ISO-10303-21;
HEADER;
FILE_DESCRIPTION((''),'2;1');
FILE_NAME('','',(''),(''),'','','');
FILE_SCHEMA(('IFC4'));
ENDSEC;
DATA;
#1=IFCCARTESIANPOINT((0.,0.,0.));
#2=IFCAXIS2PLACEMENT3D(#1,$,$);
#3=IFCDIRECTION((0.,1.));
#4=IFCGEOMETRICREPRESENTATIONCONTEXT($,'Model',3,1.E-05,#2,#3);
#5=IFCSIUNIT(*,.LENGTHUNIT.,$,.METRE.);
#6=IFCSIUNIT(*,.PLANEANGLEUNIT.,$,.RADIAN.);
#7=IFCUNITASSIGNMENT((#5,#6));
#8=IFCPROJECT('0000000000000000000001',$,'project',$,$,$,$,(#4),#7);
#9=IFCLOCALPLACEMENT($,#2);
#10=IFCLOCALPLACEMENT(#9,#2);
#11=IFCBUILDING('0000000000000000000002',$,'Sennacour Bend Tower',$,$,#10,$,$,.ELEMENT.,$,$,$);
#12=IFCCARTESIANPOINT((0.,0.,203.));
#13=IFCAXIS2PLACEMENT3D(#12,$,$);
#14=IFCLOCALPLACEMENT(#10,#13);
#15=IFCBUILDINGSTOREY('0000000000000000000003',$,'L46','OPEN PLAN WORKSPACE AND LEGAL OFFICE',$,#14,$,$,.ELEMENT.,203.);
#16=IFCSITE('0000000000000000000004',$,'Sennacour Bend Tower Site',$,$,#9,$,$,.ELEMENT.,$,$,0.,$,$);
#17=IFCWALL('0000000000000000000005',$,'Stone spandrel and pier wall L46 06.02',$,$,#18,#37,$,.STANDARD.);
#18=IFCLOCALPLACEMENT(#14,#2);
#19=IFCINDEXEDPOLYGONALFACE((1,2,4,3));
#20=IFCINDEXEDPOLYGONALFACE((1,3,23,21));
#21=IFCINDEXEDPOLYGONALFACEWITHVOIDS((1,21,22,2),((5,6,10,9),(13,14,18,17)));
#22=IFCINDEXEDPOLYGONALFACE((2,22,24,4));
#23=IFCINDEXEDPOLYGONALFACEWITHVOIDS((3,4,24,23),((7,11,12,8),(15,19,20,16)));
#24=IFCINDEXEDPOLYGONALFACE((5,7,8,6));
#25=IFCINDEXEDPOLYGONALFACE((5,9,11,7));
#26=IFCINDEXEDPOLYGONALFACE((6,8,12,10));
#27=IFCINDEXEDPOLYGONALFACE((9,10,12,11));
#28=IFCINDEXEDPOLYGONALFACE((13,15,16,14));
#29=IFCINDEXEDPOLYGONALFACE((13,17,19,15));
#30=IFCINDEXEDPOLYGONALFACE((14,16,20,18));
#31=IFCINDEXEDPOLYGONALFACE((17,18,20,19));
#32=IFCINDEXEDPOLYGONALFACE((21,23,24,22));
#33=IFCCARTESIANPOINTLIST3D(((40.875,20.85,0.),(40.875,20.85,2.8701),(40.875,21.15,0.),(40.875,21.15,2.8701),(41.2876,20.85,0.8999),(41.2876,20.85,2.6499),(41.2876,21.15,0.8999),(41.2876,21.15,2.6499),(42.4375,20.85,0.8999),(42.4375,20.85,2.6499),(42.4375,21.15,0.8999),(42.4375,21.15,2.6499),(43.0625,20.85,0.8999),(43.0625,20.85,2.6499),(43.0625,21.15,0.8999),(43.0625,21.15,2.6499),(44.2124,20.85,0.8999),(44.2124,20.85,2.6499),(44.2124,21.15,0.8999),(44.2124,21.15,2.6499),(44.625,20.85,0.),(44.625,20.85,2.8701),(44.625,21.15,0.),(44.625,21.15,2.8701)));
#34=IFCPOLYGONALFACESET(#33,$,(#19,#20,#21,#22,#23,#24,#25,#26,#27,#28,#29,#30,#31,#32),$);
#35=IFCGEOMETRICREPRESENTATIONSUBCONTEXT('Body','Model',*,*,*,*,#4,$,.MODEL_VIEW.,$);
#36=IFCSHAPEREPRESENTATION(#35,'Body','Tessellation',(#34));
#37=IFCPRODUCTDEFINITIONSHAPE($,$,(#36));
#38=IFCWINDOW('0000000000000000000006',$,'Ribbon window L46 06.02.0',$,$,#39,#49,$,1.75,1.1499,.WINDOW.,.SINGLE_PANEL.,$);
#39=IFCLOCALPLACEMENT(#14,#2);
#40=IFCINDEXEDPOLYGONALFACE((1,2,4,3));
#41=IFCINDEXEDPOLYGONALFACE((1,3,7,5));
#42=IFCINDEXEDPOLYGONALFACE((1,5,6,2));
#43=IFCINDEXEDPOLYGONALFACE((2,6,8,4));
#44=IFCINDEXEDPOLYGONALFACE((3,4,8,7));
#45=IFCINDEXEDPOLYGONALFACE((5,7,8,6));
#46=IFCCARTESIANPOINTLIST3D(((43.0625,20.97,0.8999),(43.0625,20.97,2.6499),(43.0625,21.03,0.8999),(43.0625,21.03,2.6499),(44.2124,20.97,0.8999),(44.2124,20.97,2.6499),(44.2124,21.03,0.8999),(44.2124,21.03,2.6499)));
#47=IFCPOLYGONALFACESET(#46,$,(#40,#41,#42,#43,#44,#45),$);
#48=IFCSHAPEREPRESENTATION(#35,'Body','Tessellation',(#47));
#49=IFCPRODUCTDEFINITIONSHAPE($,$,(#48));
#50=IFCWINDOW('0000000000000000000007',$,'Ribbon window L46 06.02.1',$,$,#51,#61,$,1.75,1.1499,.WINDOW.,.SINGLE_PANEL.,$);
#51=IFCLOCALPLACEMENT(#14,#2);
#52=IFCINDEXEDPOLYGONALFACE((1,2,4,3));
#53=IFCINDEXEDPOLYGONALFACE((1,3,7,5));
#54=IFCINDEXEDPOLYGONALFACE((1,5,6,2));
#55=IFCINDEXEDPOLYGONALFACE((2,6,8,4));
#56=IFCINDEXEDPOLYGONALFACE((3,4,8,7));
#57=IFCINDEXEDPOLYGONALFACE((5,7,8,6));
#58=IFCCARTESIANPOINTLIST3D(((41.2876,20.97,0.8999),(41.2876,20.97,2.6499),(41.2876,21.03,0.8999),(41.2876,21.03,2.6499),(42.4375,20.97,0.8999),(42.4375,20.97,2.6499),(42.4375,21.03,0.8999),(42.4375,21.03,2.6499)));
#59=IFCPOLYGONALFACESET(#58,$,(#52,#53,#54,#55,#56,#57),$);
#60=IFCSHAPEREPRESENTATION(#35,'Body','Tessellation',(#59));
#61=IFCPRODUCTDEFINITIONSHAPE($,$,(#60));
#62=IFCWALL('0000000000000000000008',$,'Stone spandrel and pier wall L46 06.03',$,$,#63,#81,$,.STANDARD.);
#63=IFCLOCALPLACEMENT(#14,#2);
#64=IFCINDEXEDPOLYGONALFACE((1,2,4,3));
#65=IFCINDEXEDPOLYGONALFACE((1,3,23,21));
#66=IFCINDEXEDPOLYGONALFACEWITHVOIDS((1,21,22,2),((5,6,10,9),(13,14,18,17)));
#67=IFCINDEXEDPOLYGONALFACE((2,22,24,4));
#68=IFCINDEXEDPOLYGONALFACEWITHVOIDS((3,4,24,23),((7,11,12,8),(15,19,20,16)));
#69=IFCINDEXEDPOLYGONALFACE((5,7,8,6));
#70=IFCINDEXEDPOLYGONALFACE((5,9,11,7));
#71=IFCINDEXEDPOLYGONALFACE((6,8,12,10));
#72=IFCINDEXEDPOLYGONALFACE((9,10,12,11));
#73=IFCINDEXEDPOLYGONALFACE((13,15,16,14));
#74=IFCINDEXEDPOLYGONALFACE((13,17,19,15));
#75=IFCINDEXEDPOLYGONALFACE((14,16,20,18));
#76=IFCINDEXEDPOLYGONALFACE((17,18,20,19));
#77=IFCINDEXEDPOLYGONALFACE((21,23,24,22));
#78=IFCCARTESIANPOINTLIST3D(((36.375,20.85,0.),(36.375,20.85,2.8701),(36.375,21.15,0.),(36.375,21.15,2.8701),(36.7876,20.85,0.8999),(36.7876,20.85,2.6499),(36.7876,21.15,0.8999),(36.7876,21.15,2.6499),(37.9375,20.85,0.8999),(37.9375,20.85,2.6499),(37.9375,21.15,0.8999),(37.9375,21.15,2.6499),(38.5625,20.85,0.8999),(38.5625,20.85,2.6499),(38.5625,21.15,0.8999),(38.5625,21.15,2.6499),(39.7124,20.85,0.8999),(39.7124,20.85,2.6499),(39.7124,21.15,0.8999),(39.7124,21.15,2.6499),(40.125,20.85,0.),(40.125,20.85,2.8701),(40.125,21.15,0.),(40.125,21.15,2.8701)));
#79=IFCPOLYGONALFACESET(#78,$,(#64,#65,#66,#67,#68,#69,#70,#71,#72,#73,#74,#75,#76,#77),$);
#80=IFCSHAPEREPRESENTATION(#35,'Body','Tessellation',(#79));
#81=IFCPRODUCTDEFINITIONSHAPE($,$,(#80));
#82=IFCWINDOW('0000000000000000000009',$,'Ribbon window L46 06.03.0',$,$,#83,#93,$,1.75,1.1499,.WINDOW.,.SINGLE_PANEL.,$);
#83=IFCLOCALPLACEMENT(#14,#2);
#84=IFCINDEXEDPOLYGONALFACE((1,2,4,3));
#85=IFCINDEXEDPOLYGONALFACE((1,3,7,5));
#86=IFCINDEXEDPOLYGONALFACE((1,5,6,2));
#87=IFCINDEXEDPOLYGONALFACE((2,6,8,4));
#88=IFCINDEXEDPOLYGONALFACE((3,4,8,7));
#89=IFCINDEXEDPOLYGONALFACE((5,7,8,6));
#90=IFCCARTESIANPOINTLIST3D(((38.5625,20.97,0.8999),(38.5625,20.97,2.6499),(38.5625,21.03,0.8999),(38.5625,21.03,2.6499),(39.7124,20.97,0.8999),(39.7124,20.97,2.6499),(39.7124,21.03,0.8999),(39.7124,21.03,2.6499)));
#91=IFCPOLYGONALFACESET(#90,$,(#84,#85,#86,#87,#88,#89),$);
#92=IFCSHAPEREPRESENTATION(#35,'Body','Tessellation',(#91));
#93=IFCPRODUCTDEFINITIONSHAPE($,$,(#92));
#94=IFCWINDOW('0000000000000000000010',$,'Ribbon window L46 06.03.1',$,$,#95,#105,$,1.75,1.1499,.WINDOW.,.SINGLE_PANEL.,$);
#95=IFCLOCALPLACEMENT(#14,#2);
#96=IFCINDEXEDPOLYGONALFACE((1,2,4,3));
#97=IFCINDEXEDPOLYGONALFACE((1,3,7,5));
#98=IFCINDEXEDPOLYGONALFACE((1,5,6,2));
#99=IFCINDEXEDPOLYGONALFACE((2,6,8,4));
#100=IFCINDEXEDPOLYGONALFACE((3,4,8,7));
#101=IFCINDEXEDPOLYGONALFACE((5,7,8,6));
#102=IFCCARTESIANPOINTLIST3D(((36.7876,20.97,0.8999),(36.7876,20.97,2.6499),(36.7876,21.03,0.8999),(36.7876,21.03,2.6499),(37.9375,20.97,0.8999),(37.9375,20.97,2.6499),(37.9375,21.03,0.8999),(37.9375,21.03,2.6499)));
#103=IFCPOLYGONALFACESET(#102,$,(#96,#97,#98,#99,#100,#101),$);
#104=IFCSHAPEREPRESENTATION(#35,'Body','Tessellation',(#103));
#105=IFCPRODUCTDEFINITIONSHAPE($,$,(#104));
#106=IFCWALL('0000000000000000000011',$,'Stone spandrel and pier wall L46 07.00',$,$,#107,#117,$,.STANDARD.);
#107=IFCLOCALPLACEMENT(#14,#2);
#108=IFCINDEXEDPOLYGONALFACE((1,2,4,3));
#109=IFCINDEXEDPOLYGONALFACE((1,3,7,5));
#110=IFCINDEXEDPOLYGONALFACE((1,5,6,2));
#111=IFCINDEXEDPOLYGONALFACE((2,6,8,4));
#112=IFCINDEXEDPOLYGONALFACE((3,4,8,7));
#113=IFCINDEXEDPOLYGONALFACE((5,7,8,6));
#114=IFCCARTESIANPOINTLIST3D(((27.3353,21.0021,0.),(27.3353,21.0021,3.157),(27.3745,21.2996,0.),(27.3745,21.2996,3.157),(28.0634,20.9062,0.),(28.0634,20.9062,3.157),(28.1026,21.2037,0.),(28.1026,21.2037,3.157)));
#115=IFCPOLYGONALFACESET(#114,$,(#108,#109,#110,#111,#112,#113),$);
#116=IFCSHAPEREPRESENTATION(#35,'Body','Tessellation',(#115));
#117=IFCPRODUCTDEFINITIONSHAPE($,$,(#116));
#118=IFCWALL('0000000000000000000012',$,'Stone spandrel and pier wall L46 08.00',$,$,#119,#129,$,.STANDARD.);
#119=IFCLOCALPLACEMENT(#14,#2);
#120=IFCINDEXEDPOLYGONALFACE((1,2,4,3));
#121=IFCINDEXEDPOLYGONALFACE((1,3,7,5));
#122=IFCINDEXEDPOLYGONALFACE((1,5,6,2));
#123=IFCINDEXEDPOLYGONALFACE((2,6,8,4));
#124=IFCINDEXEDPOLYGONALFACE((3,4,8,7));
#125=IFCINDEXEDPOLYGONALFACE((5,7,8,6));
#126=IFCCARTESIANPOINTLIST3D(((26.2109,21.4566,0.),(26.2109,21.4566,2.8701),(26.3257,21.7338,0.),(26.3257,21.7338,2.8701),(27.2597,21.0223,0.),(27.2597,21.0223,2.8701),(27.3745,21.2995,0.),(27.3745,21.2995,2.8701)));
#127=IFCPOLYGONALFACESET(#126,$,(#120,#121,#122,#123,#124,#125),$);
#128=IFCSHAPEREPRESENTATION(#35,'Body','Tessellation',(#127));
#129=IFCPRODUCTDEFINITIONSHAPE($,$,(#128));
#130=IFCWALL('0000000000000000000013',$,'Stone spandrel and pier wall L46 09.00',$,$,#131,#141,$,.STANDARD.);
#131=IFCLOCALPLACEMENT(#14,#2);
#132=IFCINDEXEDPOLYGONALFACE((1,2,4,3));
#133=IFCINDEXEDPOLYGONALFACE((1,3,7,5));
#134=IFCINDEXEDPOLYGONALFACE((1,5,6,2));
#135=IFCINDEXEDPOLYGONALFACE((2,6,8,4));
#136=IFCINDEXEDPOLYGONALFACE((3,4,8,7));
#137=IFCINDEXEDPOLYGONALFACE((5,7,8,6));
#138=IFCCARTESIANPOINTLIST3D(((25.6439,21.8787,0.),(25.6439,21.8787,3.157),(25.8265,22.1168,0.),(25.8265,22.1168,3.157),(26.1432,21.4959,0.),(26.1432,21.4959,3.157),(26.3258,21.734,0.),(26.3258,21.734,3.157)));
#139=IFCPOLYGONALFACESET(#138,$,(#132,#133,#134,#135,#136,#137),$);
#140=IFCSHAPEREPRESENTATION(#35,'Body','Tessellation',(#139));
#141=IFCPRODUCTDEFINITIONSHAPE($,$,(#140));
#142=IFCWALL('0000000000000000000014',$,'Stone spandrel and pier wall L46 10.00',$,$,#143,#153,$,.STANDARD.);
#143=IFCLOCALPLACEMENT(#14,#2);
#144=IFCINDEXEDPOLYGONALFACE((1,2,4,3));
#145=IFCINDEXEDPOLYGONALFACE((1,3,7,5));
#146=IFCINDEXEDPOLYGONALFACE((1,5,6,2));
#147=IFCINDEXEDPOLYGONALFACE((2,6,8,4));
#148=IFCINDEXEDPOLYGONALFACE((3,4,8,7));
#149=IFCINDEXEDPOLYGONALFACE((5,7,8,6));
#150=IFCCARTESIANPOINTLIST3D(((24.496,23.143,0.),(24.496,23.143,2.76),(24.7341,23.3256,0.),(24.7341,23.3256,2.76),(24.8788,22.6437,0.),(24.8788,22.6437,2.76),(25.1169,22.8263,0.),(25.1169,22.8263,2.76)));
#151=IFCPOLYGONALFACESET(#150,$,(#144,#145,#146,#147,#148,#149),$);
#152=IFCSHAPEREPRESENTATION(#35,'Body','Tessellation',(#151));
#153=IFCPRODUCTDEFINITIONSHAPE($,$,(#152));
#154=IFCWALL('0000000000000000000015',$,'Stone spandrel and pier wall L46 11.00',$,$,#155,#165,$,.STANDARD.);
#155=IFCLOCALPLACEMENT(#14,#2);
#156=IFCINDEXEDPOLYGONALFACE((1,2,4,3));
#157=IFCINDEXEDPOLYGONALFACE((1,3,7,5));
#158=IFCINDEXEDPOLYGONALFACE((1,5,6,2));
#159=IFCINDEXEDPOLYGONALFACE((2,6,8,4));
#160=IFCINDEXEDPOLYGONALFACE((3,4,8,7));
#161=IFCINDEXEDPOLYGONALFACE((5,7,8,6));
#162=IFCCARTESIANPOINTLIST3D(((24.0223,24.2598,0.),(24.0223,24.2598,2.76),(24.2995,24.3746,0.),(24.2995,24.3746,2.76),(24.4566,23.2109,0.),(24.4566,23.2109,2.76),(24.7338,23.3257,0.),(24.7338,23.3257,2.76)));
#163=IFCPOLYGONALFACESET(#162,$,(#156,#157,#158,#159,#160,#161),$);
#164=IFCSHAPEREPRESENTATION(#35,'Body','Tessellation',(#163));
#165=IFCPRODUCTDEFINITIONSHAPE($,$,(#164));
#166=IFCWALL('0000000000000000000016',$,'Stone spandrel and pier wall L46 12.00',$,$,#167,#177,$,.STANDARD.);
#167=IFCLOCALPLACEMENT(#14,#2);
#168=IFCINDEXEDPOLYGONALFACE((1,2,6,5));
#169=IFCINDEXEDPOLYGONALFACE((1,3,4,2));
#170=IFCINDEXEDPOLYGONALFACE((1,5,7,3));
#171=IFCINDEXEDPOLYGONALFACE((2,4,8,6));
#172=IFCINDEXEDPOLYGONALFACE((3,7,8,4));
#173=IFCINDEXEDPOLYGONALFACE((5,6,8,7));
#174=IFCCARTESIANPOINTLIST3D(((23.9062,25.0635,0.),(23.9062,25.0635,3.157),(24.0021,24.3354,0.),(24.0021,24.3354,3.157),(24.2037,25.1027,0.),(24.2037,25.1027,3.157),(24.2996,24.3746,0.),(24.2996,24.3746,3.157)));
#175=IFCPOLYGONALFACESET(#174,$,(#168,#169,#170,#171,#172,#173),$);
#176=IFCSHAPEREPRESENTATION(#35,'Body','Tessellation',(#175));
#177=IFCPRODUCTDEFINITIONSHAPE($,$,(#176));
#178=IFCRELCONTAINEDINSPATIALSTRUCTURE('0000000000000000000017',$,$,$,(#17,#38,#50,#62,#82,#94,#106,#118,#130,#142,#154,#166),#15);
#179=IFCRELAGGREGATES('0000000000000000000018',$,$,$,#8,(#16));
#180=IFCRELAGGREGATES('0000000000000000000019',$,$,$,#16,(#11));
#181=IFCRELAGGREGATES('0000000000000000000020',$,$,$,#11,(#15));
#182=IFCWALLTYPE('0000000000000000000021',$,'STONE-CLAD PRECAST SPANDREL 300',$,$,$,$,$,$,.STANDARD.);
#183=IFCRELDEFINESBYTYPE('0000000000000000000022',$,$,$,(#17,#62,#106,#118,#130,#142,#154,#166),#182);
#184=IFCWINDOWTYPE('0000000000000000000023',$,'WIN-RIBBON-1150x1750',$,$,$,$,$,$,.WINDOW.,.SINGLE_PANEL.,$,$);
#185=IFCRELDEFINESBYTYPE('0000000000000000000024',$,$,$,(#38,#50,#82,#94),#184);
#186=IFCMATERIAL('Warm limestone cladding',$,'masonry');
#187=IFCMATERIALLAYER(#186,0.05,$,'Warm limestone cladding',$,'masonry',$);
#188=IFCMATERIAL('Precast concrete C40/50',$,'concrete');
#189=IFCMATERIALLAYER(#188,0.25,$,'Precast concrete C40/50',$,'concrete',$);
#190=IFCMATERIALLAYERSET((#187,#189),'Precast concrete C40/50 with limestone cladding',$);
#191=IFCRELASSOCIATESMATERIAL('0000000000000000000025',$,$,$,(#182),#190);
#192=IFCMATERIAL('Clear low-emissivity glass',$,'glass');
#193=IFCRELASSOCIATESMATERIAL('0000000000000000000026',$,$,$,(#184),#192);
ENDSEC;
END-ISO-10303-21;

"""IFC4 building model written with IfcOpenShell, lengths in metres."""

from ifc_helpers import new_model, si_unit, direction, frame, frame_2d, origin, place, context, subcontext, project, spatial, rectangle, extrude, material, layer, layer_set, type_object, element, fill, save


model = new_model("IFC4")

# Units and contexts
model_context = context("Model", 3, precision=1e-05, world=origin(), true_north=direction((0.0, 1.0)))
body_context = subcontext(model_context, "Body", "Model", "MODEL_VIEW")
ifc_project = project(units=[si_unit("LENGTHUNIT", "METRE"), si_unit("PLANEANGLEUNIT", "RADIAN")], contexts=[model_context])

# Site, building, storey
site_placement = place(None, origin())
site = spatial("IfcSite", under=ifc_project, at=site_placement, Name="Sennacour Bend Tower Site", CompositionType="ELEMENT", RefElevation=0.0)
building_placement = place(site_placement, origin())
building = spatial("IfcBuilding", under=site, at=building_placement, Name="Sennacour Bend Tower", CompositionType="ELEMENT")
storey_placement = place(building_placement, frame((0.0, 0.0, 203.0)))
storey = spatial("IfcBuildingStorey", under=building, at=storey_placement, Name="L46", Description="OPEN PLAN WORKSPACE AND LEGAL OFFICE", CompositionType="ELEMENT", Elevation=203.0)

# Walls, openings, windows
ifc_material_1 = material(Name="Warm limestone cladding", Category="masonry")
ifc_layer_1 = layer(ifc_material_1, 0.05, Name="Warm limestone cladding", Category="masonry")
ifc_material_2 = material(Name="Precast concrete C40/50", Category="concrete")
ifc_layer_2 = layer(ifc_material_2, 0.25, Name="Precast concrete C40/50", Category="concrete")
ifc_layer_set = layer_set([ifc_layer_1, ifc_layer_2], Name="Precast concrete C40/50 with limestone cladding")
wall_type = type_object("IfcWallType", Name="STONE-CLAD PRECAST SPANDREL 300", PredefinedType="STANDARD", material=ifc_layer_set)
wall_1_placement = place(storey_placement, frame((44.625, 21.0, 0.0), z_axis=(0.0, 0.0, 1.0), x_axis=(-1.0, 0.0, 0.0)))
wall_1 = element("IfcWall", 1, at=wall_1_placement, inside=storey, type_object=wall_type, Name="Stone spandrel and pier wall L46 06.02", PredefinedType="STANDARD", context=body_context, shape_type="SweptSolid", body=[
    extrude(rectangle(XDim=3.75, YDim=0.3, at=frame_2d((1.875, 0.0))), origin(), (0.0, 0.0, 1.0), 2.8701),
])
opening_1_placement = place(wall_1_placement, frame((0.4126, 0.0, 0.8999)))
opening_1 = element("IfcOpeningElement", 2, at=opening_1_placement, cuts=wall_1, PredefinedType="OPENING", context=body_context, shape_type="SweptSolid", body=[
    extrude(rectangle(XDim=1.1499, YDim=1.75, at=frame_2d((0.575, 0.875))), frame((0.0, 0.1602, 0.0), z_axis=(0.0, -1.0, 0.0), x_axis=(1.0, 0.0, 0.0)), (0.0, 0.0, 1.0), 0.3201),
])
opening_2_placement = place(wall_1_placement, frame((2.1875, 0.0, 0.8999)))
opening_2 = element("IfcOpeningElement", 3, at=opening_2_placement, cuts=wall_1, PredefinedType="OPENING", context=body_context, shape_type="SweptSolid", body=[
    extrude(rectangle(XDim=1.1499, YDim=1.75, at=frame_2d((0.575, 0.875))), frame((0.0, 0.1602, 0.0), z_axis=(0.0, -1.0, 0.0), x_axis=(1.0, 0.0, 0.0)), (0.0, 0.0, 1.0), 0.3201),
])
ifc_material_3 = material(Name="Clear low-emissivity glass", Category="glass")
window_type_1 = type_object("IfcWindowType", Name="WIN-RIBBON-1150x1750", PartitioningType="SINGLE_PANEL", PredefinedType="WINDOW", material=ifc_material_3)
window_1_placement = place(opening_1_placement, origin())
window_1 = element("IfcWindow", 4, at=window_1_placement, inside=storey, type_object=window_type_1, Name="Ribbon window L46 06.02.0", OverallHeight=1.75, OverallWidth=1.1499, PartitioningType="SINGLE_PANEL", PredefinedType="WINDOW", context=body_context, shape_type="SweptSolid", body=[
    extrude(rectangle(XDim=1.1499, YDim=1.75, at=frame_2d((0.575, 0.875))), frame((0.0, 0.03, 0.0), z_axis=(0.0, -1.0, 0.0), x_axis=(1.0, 0.0, 0.0)), (0.0, 0.0, 1.0), 0.0601),
])
fill(opening_1, window_1)
window_2_placement = place(opening_2_placement, origin())
window_2 = element("IfcWindow", 5, at=window_2_placement, inside=storey, type_object=window_type_1, Name="Ribbon window L46 06.02.1", OverallHeight=1.75, OverallWidth=1.1499, PartitioningType="SINGLE_PANEL", PredefinedType="WINDOW", context=body_context, shape_type="SweptSolid", body=[
    extrude(rectangle(XDim=1.1499, YDim=1.75, at=frame_2d((0.575, 0.875))), frame((0.0, 0.03, 0.0), z_axis=(0.0, -1.0, 0.0), x_axis=(1.0, 0.0, 0.0)), (0.0, 0.0, 1.0), 0.0601),
])
fill(opening_2, window_2)
wall_2_placement = place(storey_placement, frame((40.125, 21.0, 0.0), z_axis=(0.0, 0.0, 1.0), x_axis=(-1.0, 0.0, 0.0)))
wall_2 = element("IfcWall", 6, at=wall_2_placement, inside=storey, type_object=wall_type, Name="Stone spandrel and pier wall L46 06.03", PredefinedType="STANDARD", context=body_context, shape_type="SweptSolid", body=[
    extrude(rectangle(XDim=3.75, YDim=0.3, at=frame_2d((1.875, 0.0))), origin(), (0.0, 0.0, 1.0), 2.8701),
])
opening_3_placement = place(wall_2_placement, frame((0.4126, 0.0, 0.8999)))
opening_3 = element("IfcOpeningElement", 7, at=opening_3_placement, cuts=wall_2, PredefinedType="OPENING", context=body_context, shape_type="SweptSolid", body=[
    extrude(rectangle(XDim=1.1499, YDim=1.75, at=frame_2d((0.575, 0.875))), frame((0.0, 0.1602, 0.0), z_axis=(0.0, -1.0, 0.0), x_axis=(1.0, 0.0, 0.0)), (0.0, 0.0, 1.0), 0.3201),
])
opening_4_placement = place(wall_2_placement, frame((2.1875, 0.0, 0.8999)))
opening_4 = element("IfcOpeningElement", 8, at=opening_4_placement, cuts=wall_2, PredefinedType="OPENING", context=body_context, shape_type="SweptSolid", body=[
    extrude(rectangle(XDim=1.1499, YDim=1.75, at=frame_2d((0.575, 0.875))), frame((0.0, 0.1602, 0.0), z_axis=(0.0, -1.0, 0.0), x_axis=(1.0, 0.0, 0.0)), (0.0, 0.0, 1.0), 0.3201),
])
window_3_placement = place(opening_3_placement, origin())
window_3 = element("IfcWindow", 9, at=window_3_placement, inside=storey, type_object=window_type_1, Name="Ribbon window L46 06.03.0", OverallHeight=1.75, OverallWidth=1.1499, PartitioningType="SINGLE_PANEL", PredefinedType="WINDOW", context=body_context, shape_type="SweptSolid", body=[
    extrude(rectangle(XDim=1.1499, YDim=1.75, at=frame_2d((0.575, 0.875))), frame((0.0, 0.03, 0.0), z_axis=(0.0, -1.0, 0.0), x_axis=(1.0, 0.0, 0.0)), (0.0, 0.0, 1.0), 0.0601),
])
fill(opening_3, window_3)
window_4_placement = place(opening_4_placement, origin())
window_4 = element("IfcWindow", 10, at=window_4_placement, inside=storey, type_object=window_type_1, Name="Ribbon window L46 06.03.1", OverallHeight=1.75, OverallWidth=1.1499, PartitioningType="SINGLE_PANEL", PredefinedType="WINDOW", context=body_context, shape_type="SweptSolid", body=[
    extrude(rectangle(XDim=1.1499, YDim=1.75, at=frame_2d((0.575, 0.875))), frame((0.0, 0.03, 0.0), z_axis=(0.0, -1.0, 0.0), x_axis=(1.0, 0.0, 0.0)), (0.0, 0.0, 1.0), 0.0601),
])
fill(opening_4, window_4)

# Walls
wall_3_placement = place(storey_placement, frame((28.083, 21.0549, 0.0), z_axis=(0.0, 0.0, 1.0), x_axis=(-0.991427, 0.130661, 0.0)))
element("IfcWall", 11, at=wall_3_placement, inside=storey, type_object=wall_type, Name="Stone spandrel and pier wall L46 07.00", PredefinedType="STANDARD", context=body_context, shape_type="SweptSolid", body=[
    extrude(rectangle(XDim=0.7344, YDim=0.3, at=frame_2d((0.3672, 0.0))), origin(), (0.0, 0.0, 1.0), 3.157),
])
wall_4_placement = place(storey_placement, frame((27.3171, 21.1609, 0.0), z_axis=(0.0, 0.0, 1.0), x_axis=(-0.923915, 0.382599, 0.0)))
element("IfcWall", 12, at=wall_4_placement, inside=storey, type_object=wall_type, Name="Stone spandrel and pier wall L46 08.00", PredefinedType="STANDARD", context=body_context, shape_type="SweptSolid", body=[
    extrude(rectangle(XDim=1.1353, YDim=0.3, at=frame_2d((0.5676, 0.0))), origin(), (0.0, 0.0, 1.0), 2.8701),
])
wall_5_placement = place(storey_placement, frame((26.2344, 21.615, 0.0), z_axis=(0.0, 0.0, 1.0), x_axis=(-0.793575, 0.608472, 0.0)))
element("IfcWall", 13, at=wall_5_placement, inside=storey, type_object=wall_type, Name="Stone spandrel and pier wall L46 09.00", PredefinedType="STANDARD", context=body_context, shape_type="SweptSolid", body=[
    extrude(rectangle(XDim=0.6292, YDim=0.3, at=frame_2d((0.3145, 0.0))), origin(), (0.0, 0.0, 1.0), 3.157),
])
wall_6_placement = place(storey_placement, frame((24.9978, 22.7351, 0.0), z_axis=(0.0, 0.0, 1.0), x_axis=(-0.608472, 0.793575, 0.0)))
element("IfcWall", 14, at=wall_6_placement, inside=storey, type_object=wall_type, Name="Stone spandrel and pier wall L46 10.00", PredefinedType="STANDARD", context=body_context, shape_type="SweptSolid", body=[
    extrude(rectangle(XDim=0.6292, YDim=0.3, at=frame_2d((0.3145, 0.0))), origin(), (0.0, 0.0, 1.0), 2.76),
])
wall_7_placement = place(storey_placement, frame((24.5952, 23.2683, 0.0), z_axis=(0.0, 0.0, 1.0), x_axis=(-0.382599, 0.923915, 0.0)))
element("IfcWall", 15, at=wall_7_placement, inside=storey, type_object=wall_type, Name="Stone spandrel and pier wall L46 11.00", PredefinedType="STANDARD", context=body_context, shape_type="SweptSolid", body=[
    extrude(rectangle(XDim=1.1353, YDim=0.3, at=frame_2d((0.5676, 0.0))), origin(), (0.0, 0.0, 1.0), 2.76),
])
wall_8_placement = place(storey_placement, frame((24.1509, 24.355, 0.0), z_axis=(0.0, 0.0, 1.0), x_axis=(-0.130661, 0.991427, 0.0)))
element("IfcWall", 16, at=wall_8_placement, inside=storey, type_object=wall_type, Name="Stone spandrel and pier wall L46 12.00", PredefinedType="STANDARD", context=body_context, shape_type="SweptSolid", body=[
    extrude(rectangle(XDim=0.7344, YDim=0.3, at=frame_2d((0.3672, 0.0))), origin(), (0.0, 0.0, 1.0), 3.157),
])

save(model, "model.ifc")
